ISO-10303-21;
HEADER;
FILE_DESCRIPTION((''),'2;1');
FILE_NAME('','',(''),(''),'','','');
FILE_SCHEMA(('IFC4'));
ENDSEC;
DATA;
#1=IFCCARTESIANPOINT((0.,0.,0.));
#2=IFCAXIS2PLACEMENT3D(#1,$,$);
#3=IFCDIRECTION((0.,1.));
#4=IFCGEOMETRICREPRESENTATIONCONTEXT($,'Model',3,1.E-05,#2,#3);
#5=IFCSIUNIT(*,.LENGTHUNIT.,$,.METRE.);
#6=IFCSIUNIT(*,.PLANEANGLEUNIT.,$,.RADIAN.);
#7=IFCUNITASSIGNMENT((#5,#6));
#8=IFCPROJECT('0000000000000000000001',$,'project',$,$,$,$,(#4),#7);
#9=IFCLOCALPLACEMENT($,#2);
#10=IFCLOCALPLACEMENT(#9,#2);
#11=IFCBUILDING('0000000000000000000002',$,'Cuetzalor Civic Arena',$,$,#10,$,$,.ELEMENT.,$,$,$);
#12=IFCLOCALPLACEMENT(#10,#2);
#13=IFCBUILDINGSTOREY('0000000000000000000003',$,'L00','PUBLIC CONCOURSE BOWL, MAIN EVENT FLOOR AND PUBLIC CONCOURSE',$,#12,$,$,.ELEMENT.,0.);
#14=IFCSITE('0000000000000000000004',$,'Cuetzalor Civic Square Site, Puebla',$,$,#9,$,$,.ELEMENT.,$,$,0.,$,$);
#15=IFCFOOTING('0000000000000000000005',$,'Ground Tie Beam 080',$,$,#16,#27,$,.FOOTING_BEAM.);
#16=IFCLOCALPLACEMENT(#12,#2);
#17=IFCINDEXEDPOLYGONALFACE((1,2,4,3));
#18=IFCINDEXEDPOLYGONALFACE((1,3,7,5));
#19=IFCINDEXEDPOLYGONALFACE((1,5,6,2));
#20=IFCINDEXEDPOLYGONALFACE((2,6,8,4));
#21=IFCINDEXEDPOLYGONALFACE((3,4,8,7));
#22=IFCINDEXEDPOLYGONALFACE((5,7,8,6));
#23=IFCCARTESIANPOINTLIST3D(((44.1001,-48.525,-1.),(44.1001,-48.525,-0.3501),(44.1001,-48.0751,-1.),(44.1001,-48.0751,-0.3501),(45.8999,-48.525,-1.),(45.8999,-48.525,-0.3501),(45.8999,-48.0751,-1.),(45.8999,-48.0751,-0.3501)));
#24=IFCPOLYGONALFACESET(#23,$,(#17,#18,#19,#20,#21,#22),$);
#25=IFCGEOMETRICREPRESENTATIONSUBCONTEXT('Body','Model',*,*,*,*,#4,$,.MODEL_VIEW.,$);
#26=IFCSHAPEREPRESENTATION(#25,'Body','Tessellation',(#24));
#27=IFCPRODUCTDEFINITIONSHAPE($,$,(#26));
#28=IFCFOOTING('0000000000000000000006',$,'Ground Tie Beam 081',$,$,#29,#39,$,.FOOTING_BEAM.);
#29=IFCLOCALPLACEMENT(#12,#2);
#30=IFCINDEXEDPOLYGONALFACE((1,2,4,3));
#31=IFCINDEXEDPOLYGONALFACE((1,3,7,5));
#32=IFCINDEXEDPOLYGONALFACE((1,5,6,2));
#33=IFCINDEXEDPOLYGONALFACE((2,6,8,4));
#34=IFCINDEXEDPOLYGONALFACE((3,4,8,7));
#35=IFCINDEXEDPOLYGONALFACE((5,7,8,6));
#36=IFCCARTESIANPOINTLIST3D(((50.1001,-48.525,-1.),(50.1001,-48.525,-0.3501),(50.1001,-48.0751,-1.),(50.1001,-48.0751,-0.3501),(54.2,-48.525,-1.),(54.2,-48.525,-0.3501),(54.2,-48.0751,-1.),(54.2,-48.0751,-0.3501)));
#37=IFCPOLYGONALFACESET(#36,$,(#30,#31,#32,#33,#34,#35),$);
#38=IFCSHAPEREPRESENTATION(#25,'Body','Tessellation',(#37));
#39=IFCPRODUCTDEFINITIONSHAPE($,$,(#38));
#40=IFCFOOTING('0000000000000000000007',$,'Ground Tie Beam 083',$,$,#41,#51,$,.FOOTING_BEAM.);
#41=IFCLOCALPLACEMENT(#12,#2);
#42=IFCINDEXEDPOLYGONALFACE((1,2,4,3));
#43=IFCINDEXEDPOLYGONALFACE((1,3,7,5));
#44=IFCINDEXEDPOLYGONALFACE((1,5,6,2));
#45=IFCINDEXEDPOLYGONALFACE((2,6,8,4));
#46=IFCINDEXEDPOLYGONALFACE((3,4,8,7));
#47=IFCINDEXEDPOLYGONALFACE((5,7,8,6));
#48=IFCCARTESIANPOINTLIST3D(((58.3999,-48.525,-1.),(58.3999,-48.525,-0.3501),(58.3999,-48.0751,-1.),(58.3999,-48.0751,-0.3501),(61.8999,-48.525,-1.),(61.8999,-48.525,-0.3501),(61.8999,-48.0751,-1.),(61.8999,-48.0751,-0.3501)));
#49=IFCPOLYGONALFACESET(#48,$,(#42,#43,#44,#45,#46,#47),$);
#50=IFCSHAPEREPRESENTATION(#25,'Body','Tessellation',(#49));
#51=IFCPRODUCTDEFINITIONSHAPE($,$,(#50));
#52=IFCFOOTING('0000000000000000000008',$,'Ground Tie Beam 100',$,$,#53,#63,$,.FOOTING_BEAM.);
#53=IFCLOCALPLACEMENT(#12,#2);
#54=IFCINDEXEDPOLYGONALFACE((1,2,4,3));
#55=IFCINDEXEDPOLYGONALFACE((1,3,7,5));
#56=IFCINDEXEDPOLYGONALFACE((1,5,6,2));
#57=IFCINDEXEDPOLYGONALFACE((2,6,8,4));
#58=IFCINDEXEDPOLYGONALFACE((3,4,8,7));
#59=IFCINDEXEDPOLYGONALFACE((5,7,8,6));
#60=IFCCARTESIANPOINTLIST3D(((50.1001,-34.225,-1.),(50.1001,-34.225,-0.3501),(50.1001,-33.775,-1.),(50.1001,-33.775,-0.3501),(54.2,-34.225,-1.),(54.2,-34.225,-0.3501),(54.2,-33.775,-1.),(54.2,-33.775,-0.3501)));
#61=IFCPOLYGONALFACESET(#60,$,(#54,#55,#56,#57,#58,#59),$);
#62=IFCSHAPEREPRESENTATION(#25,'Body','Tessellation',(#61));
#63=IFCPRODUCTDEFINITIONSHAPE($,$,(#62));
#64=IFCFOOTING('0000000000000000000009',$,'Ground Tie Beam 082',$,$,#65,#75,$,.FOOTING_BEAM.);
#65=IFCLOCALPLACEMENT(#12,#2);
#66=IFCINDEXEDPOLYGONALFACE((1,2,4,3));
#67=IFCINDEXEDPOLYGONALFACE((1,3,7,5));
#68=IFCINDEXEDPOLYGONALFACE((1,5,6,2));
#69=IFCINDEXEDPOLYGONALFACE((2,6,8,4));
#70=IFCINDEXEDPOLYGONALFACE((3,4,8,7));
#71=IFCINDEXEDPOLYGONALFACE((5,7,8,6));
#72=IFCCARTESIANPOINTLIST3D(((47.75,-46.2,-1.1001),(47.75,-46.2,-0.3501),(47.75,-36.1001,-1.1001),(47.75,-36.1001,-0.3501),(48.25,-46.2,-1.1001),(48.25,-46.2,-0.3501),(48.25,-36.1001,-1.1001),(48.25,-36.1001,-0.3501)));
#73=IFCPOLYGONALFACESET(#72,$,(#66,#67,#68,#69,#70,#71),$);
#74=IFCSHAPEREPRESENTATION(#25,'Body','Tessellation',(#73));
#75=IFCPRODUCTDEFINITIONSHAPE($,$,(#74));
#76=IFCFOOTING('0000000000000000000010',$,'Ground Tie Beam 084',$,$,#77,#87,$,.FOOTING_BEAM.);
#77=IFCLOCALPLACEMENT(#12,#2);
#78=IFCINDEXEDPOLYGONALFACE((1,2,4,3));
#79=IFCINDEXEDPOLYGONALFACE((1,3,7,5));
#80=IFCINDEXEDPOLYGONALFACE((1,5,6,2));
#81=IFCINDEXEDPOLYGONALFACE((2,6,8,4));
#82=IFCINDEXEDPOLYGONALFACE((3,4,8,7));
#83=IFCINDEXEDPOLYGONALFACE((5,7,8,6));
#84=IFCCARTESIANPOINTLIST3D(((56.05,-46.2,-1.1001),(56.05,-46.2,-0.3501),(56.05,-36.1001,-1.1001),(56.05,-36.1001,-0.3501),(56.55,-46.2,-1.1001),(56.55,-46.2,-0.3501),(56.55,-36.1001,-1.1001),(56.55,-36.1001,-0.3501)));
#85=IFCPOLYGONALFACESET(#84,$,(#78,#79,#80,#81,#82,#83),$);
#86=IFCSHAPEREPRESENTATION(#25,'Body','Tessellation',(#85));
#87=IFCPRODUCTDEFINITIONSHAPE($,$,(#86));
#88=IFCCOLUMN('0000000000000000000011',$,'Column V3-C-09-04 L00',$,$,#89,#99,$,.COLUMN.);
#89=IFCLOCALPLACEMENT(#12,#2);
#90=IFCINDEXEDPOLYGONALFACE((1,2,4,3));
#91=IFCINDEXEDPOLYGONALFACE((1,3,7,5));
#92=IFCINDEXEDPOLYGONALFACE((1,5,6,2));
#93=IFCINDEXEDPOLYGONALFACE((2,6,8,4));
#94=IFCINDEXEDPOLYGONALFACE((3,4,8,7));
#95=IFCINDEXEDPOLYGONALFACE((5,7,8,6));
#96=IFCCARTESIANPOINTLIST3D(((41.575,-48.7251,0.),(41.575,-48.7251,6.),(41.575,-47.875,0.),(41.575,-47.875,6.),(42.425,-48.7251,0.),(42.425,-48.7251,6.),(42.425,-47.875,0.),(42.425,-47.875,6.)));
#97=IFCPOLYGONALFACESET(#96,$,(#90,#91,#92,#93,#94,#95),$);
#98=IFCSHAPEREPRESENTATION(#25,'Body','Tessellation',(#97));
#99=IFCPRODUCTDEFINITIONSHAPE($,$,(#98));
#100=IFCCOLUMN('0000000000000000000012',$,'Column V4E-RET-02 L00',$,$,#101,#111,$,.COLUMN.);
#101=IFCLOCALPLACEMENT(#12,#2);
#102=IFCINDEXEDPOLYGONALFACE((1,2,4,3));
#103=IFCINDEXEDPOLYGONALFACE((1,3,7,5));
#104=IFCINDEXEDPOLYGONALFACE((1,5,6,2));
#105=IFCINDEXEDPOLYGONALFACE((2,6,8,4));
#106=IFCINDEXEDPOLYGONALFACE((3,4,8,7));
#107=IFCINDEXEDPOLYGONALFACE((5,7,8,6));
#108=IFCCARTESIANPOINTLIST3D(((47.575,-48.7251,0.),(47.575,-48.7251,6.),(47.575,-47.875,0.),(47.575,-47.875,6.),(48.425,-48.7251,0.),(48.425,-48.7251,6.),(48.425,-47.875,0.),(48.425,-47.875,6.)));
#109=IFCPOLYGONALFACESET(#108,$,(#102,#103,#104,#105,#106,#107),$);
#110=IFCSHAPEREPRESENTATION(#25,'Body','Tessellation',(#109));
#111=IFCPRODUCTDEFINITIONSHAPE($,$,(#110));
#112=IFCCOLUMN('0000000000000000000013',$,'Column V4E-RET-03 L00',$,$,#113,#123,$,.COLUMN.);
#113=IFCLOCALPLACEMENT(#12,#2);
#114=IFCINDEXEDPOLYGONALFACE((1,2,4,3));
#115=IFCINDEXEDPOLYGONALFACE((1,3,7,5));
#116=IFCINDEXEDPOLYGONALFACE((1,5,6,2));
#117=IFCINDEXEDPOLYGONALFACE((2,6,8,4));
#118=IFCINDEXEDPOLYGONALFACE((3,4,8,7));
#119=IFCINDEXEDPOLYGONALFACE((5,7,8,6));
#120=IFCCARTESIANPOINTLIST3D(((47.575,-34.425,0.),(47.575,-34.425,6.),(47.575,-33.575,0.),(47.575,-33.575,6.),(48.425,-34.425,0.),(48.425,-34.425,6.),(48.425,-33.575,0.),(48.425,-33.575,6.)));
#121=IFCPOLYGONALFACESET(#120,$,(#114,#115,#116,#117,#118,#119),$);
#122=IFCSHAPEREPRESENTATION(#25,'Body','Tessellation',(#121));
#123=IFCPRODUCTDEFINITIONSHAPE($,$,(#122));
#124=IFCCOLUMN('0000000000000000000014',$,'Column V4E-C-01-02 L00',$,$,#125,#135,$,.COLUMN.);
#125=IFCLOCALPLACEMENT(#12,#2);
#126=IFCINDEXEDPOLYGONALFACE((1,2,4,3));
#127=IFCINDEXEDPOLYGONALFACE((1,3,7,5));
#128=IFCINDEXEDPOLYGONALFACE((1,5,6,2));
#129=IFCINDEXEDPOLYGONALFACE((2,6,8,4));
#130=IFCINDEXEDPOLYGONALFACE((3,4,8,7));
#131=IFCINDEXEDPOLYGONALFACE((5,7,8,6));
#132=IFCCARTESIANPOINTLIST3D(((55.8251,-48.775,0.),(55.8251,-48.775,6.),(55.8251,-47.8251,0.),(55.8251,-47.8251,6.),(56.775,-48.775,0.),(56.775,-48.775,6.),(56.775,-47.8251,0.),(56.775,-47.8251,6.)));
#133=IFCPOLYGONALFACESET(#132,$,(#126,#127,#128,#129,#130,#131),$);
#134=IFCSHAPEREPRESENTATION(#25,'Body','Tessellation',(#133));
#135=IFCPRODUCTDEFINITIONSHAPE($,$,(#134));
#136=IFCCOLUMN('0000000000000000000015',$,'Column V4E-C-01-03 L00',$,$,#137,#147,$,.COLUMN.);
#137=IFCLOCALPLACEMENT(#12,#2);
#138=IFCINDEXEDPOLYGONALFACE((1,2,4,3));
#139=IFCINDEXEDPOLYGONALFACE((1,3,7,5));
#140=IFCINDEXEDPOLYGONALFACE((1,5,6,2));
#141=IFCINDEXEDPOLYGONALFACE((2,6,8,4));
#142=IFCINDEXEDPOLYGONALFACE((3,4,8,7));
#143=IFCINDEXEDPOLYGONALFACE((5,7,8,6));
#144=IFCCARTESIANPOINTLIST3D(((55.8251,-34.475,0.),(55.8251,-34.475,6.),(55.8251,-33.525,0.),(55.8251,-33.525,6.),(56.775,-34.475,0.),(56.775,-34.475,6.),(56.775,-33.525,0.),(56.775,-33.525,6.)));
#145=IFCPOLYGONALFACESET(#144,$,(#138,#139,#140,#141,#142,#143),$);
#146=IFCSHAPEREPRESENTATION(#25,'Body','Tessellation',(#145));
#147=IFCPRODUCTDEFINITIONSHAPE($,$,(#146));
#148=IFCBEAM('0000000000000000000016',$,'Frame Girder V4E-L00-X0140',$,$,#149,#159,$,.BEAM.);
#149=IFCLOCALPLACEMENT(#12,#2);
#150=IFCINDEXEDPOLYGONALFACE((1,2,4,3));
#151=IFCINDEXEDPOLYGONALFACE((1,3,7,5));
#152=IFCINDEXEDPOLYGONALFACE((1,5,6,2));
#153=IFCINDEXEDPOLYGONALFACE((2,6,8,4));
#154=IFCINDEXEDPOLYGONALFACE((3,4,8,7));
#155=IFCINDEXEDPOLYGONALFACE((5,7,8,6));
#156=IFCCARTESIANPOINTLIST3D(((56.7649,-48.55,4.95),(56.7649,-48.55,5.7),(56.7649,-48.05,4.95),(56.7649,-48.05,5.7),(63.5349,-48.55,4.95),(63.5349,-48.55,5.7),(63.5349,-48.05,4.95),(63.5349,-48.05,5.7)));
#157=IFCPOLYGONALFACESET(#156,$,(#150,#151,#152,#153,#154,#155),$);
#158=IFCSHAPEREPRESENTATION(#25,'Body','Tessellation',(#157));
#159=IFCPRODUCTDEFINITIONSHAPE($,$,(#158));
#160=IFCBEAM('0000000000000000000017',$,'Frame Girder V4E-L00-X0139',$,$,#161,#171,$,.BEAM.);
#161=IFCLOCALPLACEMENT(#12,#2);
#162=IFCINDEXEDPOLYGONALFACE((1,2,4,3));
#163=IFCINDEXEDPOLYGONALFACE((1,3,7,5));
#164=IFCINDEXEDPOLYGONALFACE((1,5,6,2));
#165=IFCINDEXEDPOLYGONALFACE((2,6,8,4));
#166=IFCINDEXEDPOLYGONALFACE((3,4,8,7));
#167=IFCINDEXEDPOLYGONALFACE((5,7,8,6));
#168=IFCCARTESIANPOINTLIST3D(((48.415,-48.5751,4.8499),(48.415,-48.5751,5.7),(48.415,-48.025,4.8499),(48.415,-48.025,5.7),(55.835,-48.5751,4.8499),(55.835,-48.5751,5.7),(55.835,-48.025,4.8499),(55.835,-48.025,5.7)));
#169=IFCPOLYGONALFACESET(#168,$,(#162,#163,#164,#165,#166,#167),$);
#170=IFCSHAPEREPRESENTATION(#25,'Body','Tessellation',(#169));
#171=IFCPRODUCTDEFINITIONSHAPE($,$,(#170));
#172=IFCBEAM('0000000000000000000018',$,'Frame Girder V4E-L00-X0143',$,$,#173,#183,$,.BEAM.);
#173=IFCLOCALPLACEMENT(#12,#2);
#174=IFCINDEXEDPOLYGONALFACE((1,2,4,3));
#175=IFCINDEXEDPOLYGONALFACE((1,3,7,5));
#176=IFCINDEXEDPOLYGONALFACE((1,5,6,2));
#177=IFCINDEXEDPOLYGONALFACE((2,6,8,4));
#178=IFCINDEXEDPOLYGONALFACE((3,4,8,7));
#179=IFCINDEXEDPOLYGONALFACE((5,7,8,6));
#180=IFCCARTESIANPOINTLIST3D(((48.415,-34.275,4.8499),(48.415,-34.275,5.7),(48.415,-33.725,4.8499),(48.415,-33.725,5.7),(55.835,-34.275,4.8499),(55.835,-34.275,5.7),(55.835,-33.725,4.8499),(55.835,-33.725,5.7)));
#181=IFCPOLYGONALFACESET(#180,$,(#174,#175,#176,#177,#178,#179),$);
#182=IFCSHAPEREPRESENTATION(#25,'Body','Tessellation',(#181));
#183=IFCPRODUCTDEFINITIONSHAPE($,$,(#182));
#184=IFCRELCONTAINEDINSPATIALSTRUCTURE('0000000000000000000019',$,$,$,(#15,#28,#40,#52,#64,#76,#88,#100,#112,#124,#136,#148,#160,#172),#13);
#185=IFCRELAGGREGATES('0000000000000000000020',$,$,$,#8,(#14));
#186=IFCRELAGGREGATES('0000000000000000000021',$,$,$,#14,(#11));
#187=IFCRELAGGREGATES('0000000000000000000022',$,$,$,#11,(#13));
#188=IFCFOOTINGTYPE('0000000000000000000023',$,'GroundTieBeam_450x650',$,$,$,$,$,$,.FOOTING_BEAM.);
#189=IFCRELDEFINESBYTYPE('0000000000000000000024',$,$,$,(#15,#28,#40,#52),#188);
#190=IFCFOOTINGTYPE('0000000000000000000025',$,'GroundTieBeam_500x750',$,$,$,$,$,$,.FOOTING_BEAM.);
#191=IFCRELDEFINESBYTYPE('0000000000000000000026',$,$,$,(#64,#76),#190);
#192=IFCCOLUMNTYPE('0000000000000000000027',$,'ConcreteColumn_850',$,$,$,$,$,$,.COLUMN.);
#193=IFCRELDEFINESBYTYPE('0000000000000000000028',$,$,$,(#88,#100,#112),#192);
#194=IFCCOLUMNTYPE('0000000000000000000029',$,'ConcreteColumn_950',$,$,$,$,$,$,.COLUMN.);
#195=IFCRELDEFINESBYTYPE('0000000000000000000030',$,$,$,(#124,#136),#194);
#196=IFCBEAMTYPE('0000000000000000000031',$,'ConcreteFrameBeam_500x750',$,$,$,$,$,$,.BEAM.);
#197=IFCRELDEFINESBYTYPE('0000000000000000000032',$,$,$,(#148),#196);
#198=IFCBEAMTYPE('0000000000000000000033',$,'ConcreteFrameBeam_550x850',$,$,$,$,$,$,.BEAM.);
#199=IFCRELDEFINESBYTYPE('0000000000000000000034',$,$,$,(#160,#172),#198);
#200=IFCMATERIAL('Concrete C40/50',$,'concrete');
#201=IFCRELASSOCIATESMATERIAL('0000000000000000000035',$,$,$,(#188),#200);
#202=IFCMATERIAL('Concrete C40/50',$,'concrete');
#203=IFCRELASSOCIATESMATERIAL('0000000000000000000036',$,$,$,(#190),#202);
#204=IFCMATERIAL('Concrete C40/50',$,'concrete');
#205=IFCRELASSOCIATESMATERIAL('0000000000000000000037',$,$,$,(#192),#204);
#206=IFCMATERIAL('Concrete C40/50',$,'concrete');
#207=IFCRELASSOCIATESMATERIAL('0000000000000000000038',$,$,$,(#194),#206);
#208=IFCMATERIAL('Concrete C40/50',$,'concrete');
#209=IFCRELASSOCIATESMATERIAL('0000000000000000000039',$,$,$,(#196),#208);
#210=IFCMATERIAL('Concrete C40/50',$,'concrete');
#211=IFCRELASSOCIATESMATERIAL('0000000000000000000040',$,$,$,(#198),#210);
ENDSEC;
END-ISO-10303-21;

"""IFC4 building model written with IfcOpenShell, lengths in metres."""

from ifc_helpers import new_model, si_unit, direction, frame, origin, origin_2d, place, context, subcontext, project, spatial, rectangle, extrude, material, material_profile, profile_set, type_object, element, save


model = new_model("IFC4")

# Units and contexts
model_context = context("Model", 3, precision=1e-05, world=origin(), true_north=direction((0.0, 1.0)))
body_context = subcontext(model_context, "Body", "Model", "MODEL_VIEW")
ifc_project = project(units=[si_unit("LENGTHUNIT", "METRE"), si_unit("PLANEANGLEUNIT", "RADIAN")], contexts=[model_context])

# Site, building, storey
site_placement = place(None, origin())
site = spatial("IfcSite", under=ifc_project, at=site_placement, Name="Cuetzalor Civic Square Site, Puebla", CompositionType="ELEMENT", RefElevation=0.0)
building_placement = place(site_placement, origin())
building = spatial("IfcBuilding", under=site, at=building_placement, Name="Cuetzalor Civic Arena", CompositionType="ELEMENT")
storey_placement = place(building_placement, origin())
storey = spatial("IfcBuildingStorey", under=building, at=storey_placement, Name="L00", Description="PUBLIC CONCOURSE BOWL, MAIN EVENT FLOOR AND PUBLIC CONCOURSE", CompositionType="ELEMENT", Elevation=0.0)

# Footings
ifc_material_1 = material(Name="Concrete C40/50", Category="concrete")
ifc_material_profile_1 = material_profile(ifc_material_1, rectangle(XDim=0.45, YDim=0.6499, at=origin_2d()), Name="RC 450x650")
ifc_profile_set_1 = profile_set([ifc_material_profile_1], Name="Concrete C40/50")
footing_type_1 = type_object("IfcFootingType", Name="GroundTieBeam_450x650", PredefinedType="FOOTING_BEAM", material=ifc_profile_set_1)
footing_1_placement = place(storey_placement, frame((44.1001, -48.3, -0.675), z_axis=(1.0, 0.0, 0.0), x_axis=(0.0, 1.0, 0.0)))
element("IfcFooting", 1, at=footing_1_placement, inside=storey, type_object=footing_type_1, Name="Ground Tie Beam 080", PredefinedType="FOOTING_BEAM", context=body_context, shape_type="SweptSolid", body=[
    extrude(rectangle(XDim=0.45, YDim=0.6499, at=origin_2d()), origin(), (0.0, 0.0, 1.0), 1.7998),
])
footing_2_placement = place(storey_placement, frame((50.1001, -48.3, -0.675), z_axis=(1.0, 0.0, 0.0), x_axis=(0.0, 1.0, 0.0)))
element("IfcFooting", 2, at=footing_2_placement, inside=storey, type_object=footing_type_1, Name="Ground Tie Beam 081", PredefinedType="FOOTING_BEAM", context=body_context, shape_type="SweptSolid", body=[
    extrude(rectangle(XDim=0.45, YDim=0.6499, at=origin_2d()), origin(), (0.0, 0.0, 1.0), 4.0999),
])
footing_3_placement = place(storey_placement, frame((58.3999, -48.3, -0.675), z_axis=(1.0, 0.0, 0.0), x_axis=(0.0, 1.0, 0.0)))
element("IfcFooting", 3, at=footing_3_placement, inside=storey, type_object=footing_type_1, Name="Ground Tie Beam 083", PredefinedType="FOOTING_BEAM", context=body_context, shape_type="SweptSolid", body=[
    extrude(rectangle(XDim=0.45, YDim=0.6499, at=origin_2d()), origin(), (0.0, 0.0, 1.0), 3.5),
])
footing_4_placement = place(storey_placement, frame((50.1001, -34.0, -0.675), z_axis=(1.0, 0.0, 0.0), x_axis=(0.0, 1.0, 0.0)))
element("IfcFooting", 4, at=footing_4_placement, inside=storey, type_object=footing_type_1, Name="Ground Tie Beam 100", PredefinedType="FOOTING_BEAM", context=body_context, shape_type="SweptSolid", body=[
    extrude(rectangle(XDim=0.45, YDim=0.6499, at=origin_2d()), origin(), (0.0, 0.0, 1.0), 4.0999),
])
ifc_material_2 = material(Name="Concrete C40/50", Category="concrete")
ifc_material_profile_2 = material_profile(ifc_material_2, rectangle(XDim=0.5, YDim=0.75, at=origin_2d()), Name="RC 500x750")
ifc_profile_set_2 = profile_set([ifc_material_profile_2], Name="Concrete C40/50")
footing_type_2 = type_object("IfcFootingType", Name="GroundTieBeam_500x750", PredefinedType="FOOTING_BEAM", material=ifc_profile_set_2)
for number, where, z_axis, x_axis, name in (
    (5, (48.0, -46.2, -0.7251), (0.0, 1.0, 0.0), (-1.0, 0.0, 0.0), "Ground Tie Beam 082"),
    (6, (56.3, -46.2, -0.7251), (0.0, 1.0, 0.0), (-1.0, 0.0, 0.0), "Ground Tie Beam 084"),
):
    element("IfcFooting", number, at=place(storey_placement, frame(where, z_axis=z_axis, x_axis=x_axis)), inside=storey, type_object=footing_type_2, Name=name, PredefinedType="FOOTING_BEAM", context=body_context, shape_type="SweptSolid", body=[
        extrude(rectangle(XDim=0.5, YDim=0.75, at=origin_2d()), origin(), (0.0, 0.0, 1.0), 10.0999),
    ])

# Columns
ifc_material_3 = material(Name="Concrete C40/50", Category="concrete")
ifc_material_profile_3 = material_profile(ifc_material_3, rectangle(XDim=0.8501, YDim=0.8501, at=origin_2d()), Name="RC 850x850")
ifc_profile_set_3 = profile_set([ifc_material_profile_3], Name="Concrete C40/50")
column_type_1 = type_object("IfcColumnType", Name="ConcreteColumn_850", PredefinedType="COLUMN", material=ifc_profile_set_3)
for number, where, z_axis, x_axis, name in (
    (7, (42.0, -48.3, 0.0), (0.0, 0.0, 1.0), (1.0, 0.0, 0.0), "Column V3-C-09-04 L00"),
    (8, (48.0, -48.3, 0.0), (0.0, 0.0, 1.0), (1.0, 0.0, 0.0), "Column V4E-RET-02 L00"),
    (9, (48.0, -34.0, 0.0), (0.0, 0.0, 1.0), (1.0, 0.0, 0.0), "Column V4E-RET-03 L00"),
):
    element("IfcColumn", number, at=place(storey_placement, frame(where, z_axis=z_axis, x_axis=x_axis)), inside=storey, type_object=column_type_1, Name=name, PredefinedType="COLUMN", context=body_context, shape_type="SweptSolid", body=[
        extrude(rectangle(XDim=0.8501, YDim=0.8501, at=origin_2d()), origin(), (0.0, 0.0, 1.0), 6.0),
    ])
ifc_material_4 = material(Name="Concrete C40/50", Category="concrete")
ifc_material_profile_4 = material_profile(ifc_material_4, rectangle(XDim=0.95, YDim=0.95, at=origin_2d()), Name="RC 950x950")
ifc_profile_set_4 = profile_set([ifc_material_profile_4], Name="Concrete C40/50")
column_type_2 = type_object("IfcColumnType", Name="ConcreteColumn_950", PredefinedType="COLUMN", material=ifc_profile_set_4)
for number, where, z_axis, x_axis, name in (
    (10, (56.3, -48.3, 0.0), (0.0, 0.0, 1.0), (1.0, 0.0, 0.0), "Column V4E-C-01-02 L00"),
    (11, (56.3, -34.0, 0.0), (0.0, 0.0, 1.0), (1.0, 0.0, 0.0), "Column V4E-C-01-03 L00"),
):
    element("IfcColumn", number, at=place(storey_placement, frame(where, z_axis=z_axis, x_axis=x_axis)), inside=storey, type_object=column_type_2, Name=name, PredefinedType="COLUMN", context=body_context, shape_type="SweptSolid", body=[
        extrude(rectangle(XDim=0.95, YDim=0.95, at=origin_2d()), origin(), (0.0, 0.0, 1.0), 6.0),
    ])

# Beams
ifc_material_5 = material(Name="Concrete C40/50", Category="concrete")
ifc_material_profile_5 = material_profile(ifc_material_5, rectangle(XDim=0.5, YDim=0.75, at=origin_2d()), Name="RC 500x750")
ifc_profile_set_5 = profile_set([ifc_material_profile_5], Name="Concrete C40/50")
beam_type_1 = type_object("IfcBeamType", Name="ConcreteFrameBeam_500x750", PredefinedType="BEAM", material=ifc_profile_set_5)
beam_1_placement = place(storey_placement, frame((56.7649, -48.3, 5.325), z_axis=(1.0, 0.0, 0.0), x_axis=(0.0, 1.0, 0.0)))
element("IfcBeam", 12, at=beam_1_placement, inside=storey, type_object=beam_type_1, Name="Frame Girder V4E-L00-X0140", PredefinedType="BEAM", context=body_context, shape_type="SweptSolid", body=[
    extrude(rectangle(XDim=0.5, YDim=0.75, at=origin_2d()), origin(), (0.0, 0.0, 1.0), 6.77),
])
ifc_material_6 = material(Name="Concrete C40/50", Category="concrete")
ifc_material_profile_6 = material_profile(ifc_material_6, rectangle(XDim=0.55, YDim=0.8501, at=origin_2d()), Name="RC 550x850")
ifc_profile_set_6 = profile_set([ifc_material_profile_6], Name="Concrete C40/50")
beam_type_2 = type_object("IfcBeamType", Name="ConcreteFrameBeam_550x850", PredefinedType="BEAM", material=ifc_profile_set_6)
for number, where, z_axis, x_axis, name in (
    (13, (48.415, -48.3, 5.2749), (1.0, 0.0, 0.0), (0.0, 1.0, 0.0), "Frame Girder V4E-L00-X0139"),
    (14, (48.415, -34.0, 5.2749), (1.0, 0.0, 0.0), (0.0, 1.0, 0.0), "Frame Girder V4E-L00-X0143"),
):
    element("IfcBeam", number, at=place(storey_placement, frame(where, z_axis=z_axis, x_axis=x_axis)), inside=storey, type_object=beam_type_2, Name=name, PredefinedType="BEAM", context=body_context, shape_type="SweptSolid", body=[
        extrude(rectangle(XDim=0.55, YDim=0.8501, at=origin_2d()), origin(), (0.0, 0.0, 1.0), 7.4199),
    ])

save(model, "model.ifc")
